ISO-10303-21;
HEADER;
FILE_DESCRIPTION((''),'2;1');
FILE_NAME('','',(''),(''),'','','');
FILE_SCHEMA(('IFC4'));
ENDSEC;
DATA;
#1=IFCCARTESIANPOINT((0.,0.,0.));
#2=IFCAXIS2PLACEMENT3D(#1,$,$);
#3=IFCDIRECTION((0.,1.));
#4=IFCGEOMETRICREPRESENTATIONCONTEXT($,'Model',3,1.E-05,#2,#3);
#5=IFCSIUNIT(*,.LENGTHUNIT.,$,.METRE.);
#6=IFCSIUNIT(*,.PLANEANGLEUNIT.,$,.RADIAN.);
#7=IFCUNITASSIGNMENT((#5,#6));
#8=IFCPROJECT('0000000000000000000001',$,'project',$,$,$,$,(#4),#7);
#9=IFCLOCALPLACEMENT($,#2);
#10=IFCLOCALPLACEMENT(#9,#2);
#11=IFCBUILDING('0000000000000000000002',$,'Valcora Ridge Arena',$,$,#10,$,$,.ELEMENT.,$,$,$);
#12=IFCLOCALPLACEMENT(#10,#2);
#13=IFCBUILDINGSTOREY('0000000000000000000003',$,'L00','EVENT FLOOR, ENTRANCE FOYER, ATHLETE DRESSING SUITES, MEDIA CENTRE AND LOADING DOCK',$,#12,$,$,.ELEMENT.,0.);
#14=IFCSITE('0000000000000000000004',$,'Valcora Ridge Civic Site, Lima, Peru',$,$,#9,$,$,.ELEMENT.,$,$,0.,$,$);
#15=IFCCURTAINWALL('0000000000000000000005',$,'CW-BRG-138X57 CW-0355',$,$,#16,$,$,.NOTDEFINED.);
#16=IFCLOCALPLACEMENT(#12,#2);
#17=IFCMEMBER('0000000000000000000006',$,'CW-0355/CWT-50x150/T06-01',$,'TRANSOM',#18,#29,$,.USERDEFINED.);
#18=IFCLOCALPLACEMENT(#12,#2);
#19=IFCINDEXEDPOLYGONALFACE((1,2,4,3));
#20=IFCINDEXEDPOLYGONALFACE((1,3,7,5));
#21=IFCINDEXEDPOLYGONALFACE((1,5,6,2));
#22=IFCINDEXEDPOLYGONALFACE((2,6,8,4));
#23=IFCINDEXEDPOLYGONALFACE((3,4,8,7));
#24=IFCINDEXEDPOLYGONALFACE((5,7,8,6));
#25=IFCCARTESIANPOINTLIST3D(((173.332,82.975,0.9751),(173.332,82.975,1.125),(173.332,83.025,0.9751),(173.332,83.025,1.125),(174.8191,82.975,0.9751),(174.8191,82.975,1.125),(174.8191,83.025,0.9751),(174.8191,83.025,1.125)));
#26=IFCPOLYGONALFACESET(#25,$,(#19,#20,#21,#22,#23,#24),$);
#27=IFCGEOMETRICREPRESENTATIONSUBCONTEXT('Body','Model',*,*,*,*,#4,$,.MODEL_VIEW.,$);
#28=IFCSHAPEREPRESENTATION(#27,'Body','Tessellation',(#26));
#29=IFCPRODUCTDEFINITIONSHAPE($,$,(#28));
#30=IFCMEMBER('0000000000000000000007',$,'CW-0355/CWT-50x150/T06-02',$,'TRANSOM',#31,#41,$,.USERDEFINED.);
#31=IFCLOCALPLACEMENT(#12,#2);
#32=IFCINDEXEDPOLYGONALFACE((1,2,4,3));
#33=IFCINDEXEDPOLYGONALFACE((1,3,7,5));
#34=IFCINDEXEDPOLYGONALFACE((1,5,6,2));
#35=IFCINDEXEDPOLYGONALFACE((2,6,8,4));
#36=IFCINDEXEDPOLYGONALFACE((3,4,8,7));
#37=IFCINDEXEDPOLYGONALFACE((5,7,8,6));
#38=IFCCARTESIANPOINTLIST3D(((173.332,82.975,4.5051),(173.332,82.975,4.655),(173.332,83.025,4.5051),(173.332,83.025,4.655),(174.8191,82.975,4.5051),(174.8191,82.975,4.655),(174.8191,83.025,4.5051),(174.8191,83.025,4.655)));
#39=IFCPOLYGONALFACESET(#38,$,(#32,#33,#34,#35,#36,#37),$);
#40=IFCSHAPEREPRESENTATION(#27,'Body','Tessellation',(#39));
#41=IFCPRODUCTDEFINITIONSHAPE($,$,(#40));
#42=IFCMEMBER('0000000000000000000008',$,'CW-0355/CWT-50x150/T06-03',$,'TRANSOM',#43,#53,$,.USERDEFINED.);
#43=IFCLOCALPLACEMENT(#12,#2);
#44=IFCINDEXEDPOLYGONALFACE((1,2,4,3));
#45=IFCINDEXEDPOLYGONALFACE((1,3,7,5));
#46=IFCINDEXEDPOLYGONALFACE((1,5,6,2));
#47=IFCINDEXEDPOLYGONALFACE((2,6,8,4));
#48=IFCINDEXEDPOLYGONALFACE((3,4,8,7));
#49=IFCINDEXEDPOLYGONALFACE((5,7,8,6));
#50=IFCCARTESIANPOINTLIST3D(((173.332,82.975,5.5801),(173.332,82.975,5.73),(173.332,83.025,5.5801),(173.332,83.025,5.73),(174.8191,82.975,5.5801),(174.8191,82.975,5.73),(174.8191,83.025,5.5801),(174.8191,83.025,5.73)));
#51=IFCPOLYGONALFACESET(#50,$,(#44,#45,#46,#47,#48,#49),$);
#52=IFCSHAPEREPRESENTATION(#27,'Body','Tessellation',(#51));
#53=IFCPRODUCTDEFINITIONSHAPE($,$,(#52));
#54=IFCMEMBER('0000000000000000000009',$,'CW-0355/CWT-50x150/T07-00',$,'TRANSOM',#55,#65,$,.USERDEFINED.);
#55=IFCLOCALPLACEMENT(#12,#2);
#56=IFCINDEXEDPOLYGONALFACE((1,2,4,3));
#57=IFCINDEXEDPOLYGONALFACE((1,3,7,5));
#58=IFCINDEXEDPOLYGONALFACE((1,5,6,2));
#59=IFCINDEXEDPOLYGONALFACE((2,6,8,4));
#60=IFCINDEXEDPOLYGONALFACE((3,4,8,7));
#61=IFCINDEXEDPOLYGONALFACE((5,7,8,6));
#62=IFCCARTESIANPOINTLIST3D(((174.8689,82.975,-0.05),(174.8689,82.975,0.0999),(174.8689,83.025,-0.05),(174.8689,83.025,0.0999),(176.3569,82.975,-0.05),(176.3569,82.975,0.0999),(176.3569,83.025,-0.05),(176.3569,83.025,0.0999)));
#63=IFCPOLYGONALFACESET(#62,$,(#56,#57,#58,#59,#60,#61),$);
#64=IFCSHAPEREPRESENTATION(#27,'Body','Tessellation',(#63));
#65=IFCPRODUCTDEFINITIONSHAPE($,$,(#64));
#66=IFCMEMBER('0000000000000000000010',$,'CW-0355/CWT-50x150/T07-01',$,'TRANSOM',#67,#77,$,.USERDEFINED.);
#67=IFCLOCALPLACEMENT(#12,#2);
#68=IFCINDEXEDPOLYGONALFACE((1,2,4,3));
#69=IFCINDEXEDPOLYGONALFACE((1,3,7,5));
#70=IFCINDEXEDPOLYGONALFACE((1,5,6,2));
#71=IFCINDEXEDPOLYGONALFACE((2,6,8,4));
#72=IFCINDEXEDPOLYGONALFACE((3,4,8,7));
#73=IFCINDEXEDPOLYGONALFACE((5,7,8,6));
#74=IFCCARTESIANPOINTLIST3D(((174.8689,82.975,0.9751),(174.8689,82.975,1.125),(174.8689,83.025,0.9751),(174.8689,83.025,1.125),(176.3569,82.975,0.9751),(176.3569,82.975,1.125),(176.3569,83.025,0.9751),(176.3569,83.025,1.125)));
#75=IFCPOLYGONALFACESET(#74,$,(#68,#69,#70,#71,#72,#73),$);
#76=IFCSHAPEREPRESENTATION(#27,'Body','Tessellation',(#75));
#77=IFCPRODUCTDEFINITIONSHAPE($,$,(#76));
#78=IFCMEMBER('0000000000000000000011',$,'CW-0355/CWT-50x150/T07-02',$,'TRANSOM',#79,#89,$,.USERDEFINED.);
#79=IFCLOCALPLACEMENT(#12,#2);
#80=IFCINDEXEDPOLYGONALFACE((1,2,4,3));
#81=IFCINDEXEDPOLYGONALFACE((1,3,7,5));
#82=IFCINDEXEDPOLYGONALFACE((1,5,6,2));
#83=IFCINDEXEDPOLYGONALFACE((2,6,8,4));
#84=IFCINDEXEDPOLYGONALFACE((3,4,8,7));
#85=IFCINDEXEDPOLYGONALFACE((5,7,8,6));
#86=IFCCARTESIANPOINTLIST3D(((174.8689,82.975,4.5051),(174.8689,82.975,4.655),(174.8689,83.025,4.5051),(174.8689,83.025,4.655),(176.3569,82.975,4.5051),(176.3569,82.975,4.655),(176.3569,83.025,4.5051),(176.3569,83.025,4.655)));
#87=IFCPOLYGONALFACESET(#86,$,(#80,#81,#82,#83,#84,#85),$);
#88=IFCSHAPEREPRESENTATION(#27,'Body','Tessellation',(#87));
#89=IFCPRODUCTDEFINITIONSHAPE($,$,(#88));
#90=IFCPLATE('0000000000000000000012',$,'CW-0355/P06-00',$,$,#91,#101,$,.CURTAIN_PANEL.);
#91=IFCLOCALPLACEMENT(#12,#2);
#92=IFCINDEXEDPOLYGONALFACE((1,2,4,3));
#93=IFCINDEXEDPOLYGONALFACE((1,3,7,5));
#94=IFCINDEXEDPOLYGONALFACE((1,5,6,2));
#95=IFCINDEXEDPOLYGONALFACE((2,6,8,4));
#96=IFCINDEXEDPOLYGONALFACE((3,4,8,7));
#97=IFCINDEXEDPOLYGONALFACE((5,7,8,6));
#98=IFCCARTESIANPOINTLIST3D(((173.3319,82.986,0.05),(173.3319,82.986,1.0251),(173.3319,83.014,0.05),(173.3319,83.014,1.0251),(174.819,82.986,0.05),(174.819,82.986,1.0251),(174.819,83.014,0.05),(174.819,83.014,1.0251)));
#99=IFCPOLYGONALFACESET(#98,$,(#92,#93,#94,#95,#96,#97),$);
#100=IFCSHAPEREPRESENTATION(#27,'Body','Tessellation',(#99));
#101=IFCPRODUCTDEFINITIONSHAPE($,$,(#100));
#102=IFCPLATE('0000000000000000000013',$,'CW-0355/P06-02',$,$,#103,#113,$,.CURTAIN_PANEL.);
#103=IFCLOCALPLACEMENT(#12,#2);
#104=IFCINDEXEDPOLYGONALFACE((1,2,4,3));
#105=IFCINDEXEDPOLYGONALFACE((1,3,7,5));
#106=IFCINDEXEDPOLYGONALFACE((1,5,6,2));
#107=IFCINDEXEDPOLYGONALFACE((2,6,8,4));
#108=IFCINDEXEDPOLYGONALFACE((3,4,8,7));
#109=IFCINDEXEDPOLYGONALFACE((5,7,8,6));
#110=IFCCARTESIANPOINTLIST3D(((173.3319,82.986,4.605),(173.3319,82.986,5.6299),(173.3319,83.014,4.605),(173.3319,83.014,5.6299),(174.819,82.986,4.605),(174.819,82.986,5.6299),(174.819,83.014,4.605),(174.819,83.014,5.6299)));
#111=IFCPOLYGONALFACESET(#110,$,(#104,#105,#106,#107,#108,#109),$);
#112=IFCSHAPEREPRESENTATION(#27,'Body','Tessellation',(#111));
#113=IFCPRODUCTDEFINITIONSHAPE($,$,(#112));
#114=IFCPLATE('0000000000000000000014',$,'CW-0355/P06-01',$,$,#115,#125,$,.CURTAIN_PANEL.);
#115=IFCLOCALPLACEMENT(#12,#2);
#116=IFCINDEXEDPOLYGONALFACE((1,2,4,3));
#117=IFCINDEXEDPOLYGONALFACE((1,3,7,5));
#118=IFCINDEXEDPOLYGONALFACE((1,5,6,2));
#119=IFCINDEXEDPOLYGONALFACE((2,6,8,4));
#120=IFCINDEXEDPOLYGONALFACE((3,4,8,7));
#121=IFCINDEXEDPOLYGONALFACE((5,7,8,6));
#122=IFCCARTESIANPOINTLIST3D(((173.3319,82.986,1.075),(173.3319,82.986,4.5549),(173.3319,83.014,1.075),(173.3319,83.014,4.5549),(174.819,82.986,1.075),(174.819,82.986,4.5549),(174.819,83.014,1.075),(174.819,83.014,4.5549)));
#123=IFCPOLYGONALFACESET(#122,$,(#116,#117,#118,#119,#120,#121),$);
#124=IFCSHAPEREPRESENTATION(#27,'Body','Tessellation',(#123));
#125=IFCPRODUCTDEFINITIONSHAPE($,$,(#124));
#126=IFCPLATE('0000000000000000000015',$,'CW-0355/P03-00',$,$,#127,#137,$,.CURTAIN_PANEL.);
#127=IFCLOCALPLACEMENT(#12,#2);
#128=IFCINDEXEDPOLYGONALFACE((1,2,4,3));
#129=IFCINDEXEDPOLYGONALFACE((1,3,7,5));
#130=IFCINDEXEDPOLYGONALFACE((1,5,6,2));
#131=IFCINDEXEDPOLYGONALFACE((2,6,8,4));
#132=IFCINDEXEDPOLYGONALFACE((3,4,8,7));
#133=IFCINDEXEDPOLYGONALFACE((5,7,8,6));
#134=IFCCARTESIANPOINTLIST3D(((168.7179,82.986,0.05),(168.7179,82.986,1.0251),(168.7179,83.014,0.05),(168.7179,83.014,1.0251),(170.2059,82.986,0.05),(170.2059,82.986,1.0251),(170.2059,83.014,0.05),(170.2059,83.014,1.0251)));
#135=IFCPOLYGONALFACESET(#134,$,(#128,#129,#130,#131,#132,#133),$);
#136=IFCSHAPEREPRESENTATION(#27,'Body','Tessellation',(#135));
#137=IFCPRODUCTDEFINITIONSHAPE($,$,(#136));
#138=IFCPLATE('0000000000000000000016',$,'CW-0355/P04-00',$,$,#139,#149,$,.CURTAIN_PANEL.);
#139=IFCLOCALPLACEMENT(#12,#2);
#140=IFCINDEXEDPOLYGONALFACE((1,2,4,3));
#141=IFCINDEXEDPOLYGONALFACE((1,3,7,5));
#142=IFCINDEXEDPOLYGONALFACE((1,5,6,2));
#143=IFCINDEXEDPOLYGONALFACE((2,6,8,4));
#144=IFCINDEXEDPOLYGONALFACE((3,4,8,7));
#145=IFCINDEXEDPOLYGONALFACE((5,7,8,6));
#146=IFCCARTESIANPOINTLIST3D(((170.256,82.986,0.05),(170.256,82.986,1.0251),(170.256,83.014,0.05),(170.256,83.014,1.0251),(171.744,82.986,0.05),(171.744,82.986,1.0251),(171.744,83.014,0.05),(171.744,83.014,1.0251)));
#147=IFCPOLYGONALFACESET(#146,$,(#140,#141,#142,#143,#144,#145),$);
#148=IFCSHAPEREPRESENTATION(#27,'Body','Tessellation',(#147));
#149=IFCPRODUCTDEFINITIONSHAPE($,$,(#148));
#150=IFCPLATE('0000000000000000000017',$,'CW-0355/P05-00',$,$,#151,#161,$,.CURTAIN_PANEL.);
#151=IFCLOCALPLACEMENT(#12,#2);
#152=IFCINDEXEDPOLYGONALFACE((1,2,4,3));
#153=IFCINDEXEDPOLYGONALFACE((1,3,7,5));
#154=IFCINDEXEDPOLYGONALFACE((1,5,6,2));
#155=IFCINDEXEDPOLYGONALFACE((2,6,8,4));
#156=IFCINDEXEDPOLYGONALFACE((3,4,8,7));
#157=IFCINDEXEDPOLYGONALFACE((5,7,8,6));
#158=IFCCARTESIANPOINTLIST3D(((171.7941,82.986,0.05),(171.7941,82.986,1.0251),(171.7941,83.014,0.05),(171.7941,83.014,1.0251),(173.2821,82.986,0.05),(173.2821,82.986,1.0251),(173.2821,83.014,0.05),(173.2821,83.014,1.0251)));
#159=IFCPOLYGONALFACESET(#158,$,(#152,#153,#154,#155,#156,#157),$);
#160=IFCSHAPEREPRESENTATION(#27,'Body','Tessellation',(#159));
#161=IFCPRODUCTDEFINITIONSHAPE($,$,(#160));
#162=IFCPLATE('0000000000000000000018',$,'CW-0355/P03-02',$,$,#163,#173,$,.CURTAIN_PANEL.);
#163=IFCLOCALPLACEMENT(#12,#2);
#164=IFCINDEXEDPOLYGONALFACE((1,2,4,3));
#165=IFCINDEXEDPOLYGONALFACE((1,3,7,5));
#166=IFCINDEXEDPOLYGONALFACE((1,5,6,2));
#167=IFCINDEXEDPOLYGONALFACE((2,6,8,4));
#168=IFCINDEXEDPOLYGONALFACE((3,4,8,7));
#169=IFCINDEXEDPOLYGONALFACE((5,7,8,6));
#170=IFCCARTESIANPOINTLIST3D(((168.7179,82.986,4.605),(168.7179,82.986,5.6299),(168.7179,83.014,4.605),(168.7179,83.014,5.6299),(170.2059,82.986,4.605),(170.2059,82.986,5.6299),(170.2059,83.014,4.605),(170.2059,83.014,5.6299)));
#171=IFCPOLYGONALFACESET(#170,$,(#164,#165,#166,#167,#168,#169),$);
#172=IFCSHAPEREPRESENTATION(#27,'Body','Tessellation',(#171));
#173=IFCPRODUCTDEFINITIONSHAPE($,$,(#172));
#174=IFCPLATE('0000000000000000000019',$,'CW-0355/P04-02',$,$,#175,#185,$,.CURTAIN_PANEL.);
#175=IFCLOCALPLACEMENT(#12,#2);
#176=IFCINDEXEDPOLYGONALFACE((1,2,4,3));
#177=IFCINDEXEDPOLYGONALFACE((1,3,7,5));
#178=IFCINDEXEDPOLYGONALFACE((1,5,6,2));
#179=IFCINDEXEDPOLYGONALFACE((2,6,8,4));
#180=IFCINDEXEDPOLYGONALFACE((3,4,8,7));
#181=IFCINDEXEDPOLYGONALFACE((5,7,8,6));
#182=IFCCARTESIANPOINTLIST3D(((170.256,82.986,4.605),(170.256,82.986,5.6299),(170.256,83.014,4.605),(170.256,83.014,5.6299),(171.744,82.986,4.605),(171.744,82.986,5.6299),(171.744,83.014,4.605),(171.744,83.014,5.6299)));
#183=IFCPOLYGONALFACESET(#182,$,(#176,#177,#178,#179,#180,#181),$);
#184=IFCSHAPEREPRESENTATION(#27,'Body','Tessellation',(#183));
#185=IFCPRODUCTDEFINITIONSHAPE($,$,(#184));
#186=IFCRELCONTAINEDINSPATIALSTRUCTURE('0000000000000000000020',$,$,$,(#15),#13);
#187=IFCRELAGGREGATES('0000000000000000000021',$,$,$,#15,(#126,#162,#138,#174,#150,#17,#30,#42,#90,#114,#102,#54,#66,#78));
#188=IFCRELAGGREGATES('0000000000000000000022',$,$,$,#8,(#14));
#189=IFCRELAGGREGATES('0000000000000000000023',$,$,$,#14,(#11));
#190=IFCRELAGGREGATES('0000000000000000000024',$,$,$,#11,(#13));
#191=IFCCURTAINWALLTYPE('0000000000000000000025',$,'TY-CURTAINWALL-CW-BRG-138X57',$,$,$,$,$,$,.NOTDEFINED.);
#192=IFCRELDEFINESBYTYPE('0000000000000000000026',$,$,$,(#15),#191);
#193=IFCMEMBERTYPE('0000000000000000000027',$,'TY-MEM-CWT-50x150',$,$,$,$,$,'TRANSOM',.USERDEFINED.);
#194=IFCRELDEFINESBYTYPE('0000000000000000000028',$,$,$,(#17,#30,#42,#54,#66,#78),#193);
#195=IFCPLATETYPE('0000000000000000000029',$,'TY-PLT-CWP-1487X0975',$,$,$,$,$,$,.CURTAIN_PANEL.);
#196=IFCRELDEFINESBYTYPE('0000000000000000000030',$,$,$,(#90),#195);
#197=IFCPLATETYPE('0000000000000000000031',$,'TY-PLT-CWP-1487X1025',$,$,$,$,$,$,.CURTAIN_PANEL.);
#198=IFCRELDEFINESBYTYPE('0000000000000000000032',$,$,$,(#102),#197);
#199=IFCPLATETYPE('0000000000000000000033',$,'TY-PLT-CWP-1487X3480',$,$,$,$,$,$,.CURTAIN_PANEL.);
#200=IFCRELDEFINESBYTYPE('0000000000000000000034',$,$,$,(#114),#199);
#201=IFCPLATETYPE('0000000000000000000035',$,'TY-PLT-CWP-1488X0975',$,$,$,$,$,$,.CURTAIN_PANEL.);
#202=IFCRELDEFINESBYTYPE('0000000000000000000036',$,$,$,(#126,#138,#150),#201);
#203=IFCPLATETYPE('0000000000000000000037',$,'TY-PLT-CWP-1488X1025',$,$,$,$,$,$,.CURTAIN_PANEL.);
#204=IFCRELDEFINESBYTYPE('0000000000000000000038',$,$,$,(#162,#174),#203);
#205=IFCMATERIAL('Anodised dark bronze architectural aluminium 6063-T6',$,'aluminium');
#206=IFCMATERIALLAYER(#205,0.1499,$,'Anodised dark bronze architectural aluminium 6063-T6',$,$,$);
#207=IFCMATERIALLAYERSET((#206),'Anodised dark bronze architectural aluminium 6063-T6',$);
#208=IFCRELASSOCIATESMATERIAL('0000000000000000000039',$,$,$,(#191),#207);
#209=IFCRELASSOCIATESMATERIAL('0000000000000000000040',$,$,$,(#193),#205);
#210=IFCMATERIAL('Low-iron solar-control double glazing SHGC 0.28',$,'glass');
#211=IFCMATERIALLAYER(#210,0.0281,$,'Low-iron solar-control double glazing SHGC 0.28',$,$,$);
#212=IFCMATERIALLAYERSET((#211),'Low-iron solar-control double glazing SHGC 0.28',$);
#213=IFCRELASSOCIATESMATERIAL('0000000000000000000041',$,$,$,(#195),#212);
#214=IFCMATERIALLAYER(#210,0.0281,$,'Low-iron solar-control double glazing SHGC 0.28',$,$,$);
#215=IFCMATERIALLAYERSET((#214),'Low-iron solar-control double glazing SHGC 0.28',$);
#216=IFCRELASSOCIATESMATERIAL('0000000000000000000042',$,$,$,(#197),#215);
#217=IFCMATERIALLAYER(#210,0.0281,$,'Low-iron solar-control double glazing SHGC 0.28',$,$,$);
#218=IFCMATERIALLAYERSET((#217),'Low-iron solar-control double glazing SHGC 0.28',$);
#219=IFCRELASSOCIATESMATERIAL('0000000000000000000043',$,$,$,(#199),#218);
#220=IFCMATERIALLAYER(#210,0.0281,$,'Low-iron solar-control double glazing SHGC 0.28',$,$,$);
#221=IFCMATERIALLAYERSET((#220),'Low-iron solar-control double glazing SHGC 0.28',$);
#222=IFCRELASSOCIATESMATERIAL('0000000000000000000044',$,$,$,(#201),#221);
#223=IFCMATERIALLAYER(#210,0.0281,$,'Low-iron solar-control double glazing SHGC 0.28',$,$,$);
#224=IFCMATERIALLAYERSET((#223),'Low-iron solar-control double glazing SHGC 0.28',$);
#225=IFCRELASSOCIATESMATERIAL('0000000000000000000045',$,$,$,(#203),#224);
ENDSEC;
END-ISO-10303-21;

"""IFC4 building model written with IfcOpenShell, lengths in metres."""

from ifc_helpers import new_model, si_unit, direction, frame, origin, origin_2d, place, context, subcontext, project, spatial, rectangle, extrude, material, layer, layer_set, material_profile, profile_set, type_object, element, aggregate, save


model = new_model("IFC4")

# Units and contexts
model_context = context("Model", 3, precision=1e-05, world=origin(), true_north=direction((0.0, 1.0)))
body_context = subcontext(model_context, "Body", "Model", "MODEL_VIEW")
ifc_project = project(units=[si_unit("LENGTHUNIT", "METRE"), si_unit("PLANEANGLEUNIT", "RADIAN")], contexts=[model_context])

# Site, building, storey
site_placement = place(None, origin())
site = spatial("IfcSite", under=ifc_project, at=site_placement, Name="Valcora Ridge Civic Site, Lima, Peru", CompositionType="ELEMENT", RefElevation=0.0)
building_placement = place(site_placement, origin())
building = spatial("IfcBuilding", under=site, at=building_placement, Name="Valcora Ridge Arena", CompositionType="ELEMENT")
storey_placement = place(building_placement, origin())
storey = spatial("IfcBuildingStorey", under=building, at=storey_placement, Name="L00", Description="EVENT FLOOR, ENTRANCE FOYER, ATHLETE DRESSING SUITES, MEDIA CENTRE AND LOADING DOCK", CompositionType="ELEMENT", Elevation=0.0)

# Curtain wall, members, plates
ifc_material_1 = material(Name="Anodised dark bronze architectural aluminium 6063-T6", Category="aluminium")
ifc_layer_1 = layer(ifc_material_1, 0.1499, Name="Anodised dark bronze architectural aluminium 6063-T6")
ifc_layer_set_1 = layer_set([ifc_layer_1], Name="Anodised dark bronze architectural aluminium 6063-T6")
curtain_wall_type = type_object("IfcCurtainWallType", Name="TY-CURTAINWALL-CW-BRG-138X57", PredefinedType="NOTDEFINED", material=ifc_layer_set_1)
curtain_wall_placement = place(storey_placement, origin())
curtain_wall = element("IfcCurtainWall", 1, at=curtain_wall_placement, inside=storey, type_object=curtain_wall_type, Name="CW-BRG-138X57 CW-0355", PredefinedType="NOTDEFINED")
ifc_material_profile_1 = material_profile(ifc_material_1, rectangle(XDim=0.05, YDim=0.1499, at=origin_2d()), Name="ALU TRANSOM 50x150")
ifc_profile_set_1 = profile_set([ifc_material_profile_1], Name="Anodised dark bronze architectural aluminium 6063-T6")
member_type_1 = type_object("IfcMemberType", Name="TY-MEM-CWT-50x150", ElementType="TRANSOM", PredefinedType="USERDEFINED", material=ifc_profile_set_1)
member_1_placement = place(storey_placement, frame((173.332, 83.0, 1.05), z_axis=(1.0, 0.0, 0.0), x_axis=(0.0, 1.0, 0.0)))
member_1 = element("IfcMember", 2, at=member_1_placement, type_object=member_type_1, Name="CW-0355/CWT-50x150/T06-01", ObjectType="TRANSOM", PredefinedType="USERDEFINED", context=body_context, shape_type="SweptSolid", body=[
    extrude(rectangle(XDim=0.05, YDim=0.1499, at=origin_2d()), origin(), (0.0, 0.0, 1.0), 1.4871),
])
member_2_placement = place(storey_placement, frame((173.332, 83.0, 4.5801), z_axis=(1.0, 0.0, 0.0), x_axis=(0.0, 1.0, 0.0)))
member_2 = element("IfcMember", 3, at=member_2_placement, type_object=member_type_1, Name="CW-0355/CWT-50x150/T06-02", ObjectType="TRANSOM", PredefinedType="USERDEFINED", context=body_context, shape_type="SweptSolid", body=[
    extrude(rectangle(XDim=0.05, YDim=0.1499, at=origin_2d()), origin(), (0.0, 0.0, 1.0), 1.4871),
])
member_3_placement = place(storey_placement, frame((173.332, 83.0, 5.655), z_axis=(1.0, 0.0, 0.0), x_axis=(0.0, 1.0, 0.0)))
member_3 = element("IfcMember", 4, at=member_3_placement, type_object=member_type_1, Name="CW-0355/CWT-50x150/T06-03", ObjectType="TRANSOM", PredefinedType="USERDEFINED", context=body_context, shape_type="SweptSolid", body=[
    extrude(rectangle(XDim=0.05, YDim=0.1499, at=origin_2d()), origin(), (0.0, 0.0, 1.0), 1.4871),
])
member_4_placement = place(storey_placement, frame((174.8689, 83.0, 0.0249), z_axis=(1.0, 0.0, 0.0), x_axis=(0.0, 1.0, 0.0)))
member_4 = element("IfcMember", 5, at=member_4_placement, type_object=member_type_1, Name="CW-0355/CWT-50x150/T07-00", ObjectType="TRANSOM", PredefinedType="USERDEFINED", context=body_context, shape_type="SweptSolid", body=[
    extrude(rectangle(XDim=0.05, YDim=0.1499, at=origin_2d()), origin(), (0.0, 0.0, 1.0), 1.488),
])
member_5_placement = place(storey_placement, frame((174.8689, 83.0, 1.05), z_axis=(1.0, 0.0, 0.0), x_axis=(0.0, 1.0, 0.0)))
member_5 = element("IfcMember", 6, at=member_5_placement, type_object=member_type_1, Name="CW-0355/CWT-50x150/T07-01", ObjectType="TRANSOM", PredefinedType="USERDEFINED", context=body_context, shape_type="SweptSolid", body=[
    extrude(rectangle(XDim=0.05, YDim=0.1499, at=origin_2d()), origin(), (0.0, 0.0, 1.0), 1.488),
])
member_6_placement = place(storey_placement, frame((174.8689, 83.0, 4.5801), z_axis=(1.0, 0.0, 0.0), x_axis=(0.0, 1.0, 0.0)))
member_6 = element("IfcMember", 7, at=member_6_placement, type_object=member_type_1, Name="CW-0355/CWT-50x150/T07-02", ObjectType="TRANSOM", PredefinedType="USERDEFINED", context=body_context, shape_type="SweptSolid", body=[
    extrude(rectangle(XDim=0.05, YDim=0.1499, at=origin_2d()), origin(), (0.0, 0.0, 1.0), 1.488),
])
ifc_material_2 = material(Name="Low-iron solar-control double glazing SHGC 0.28", Category="glass")
ifc_layer_2 = layer(ifc_material_2, 0.0281, Name="Low-iron solar-control double glazing SHGC 0.28")
ifc_layer_set_2 = layer_set([ifc_layer_2], Name="Low-iron solar-control double glazing SHGC 0.28")
plate_type_1 = type_object("IfcPlateType", Name="TY-PLT-CWP-1487X0975", PredefinedType="CURTAIN_PANEL", material=ifc_layer_set_2)
plate_1_placement = place(storey_placement, frame((174.0754, 83.0, 0.05), z_axis=(0.0, 0.0, 1.0), x_axis=(1.0, 0.0, 0.0)))
plate_1 = element("IfcPlate", 8, at=plate_1_placement, type_object=plate_type_1, Name="CW-0355/P06-00", PredefinedType="CURTAIN_PANEL", context=body_context, shape_type="SweptSolid", body=[
    extrude(rectangle(XDim=1.4871, YDim=0.0281, at=origin_2d()), origin(), (0.0, 0.0, 1.0), 0.9751),
])
ifc_layer_3 = layer(ifc_material_2, 0.0281, Name="Low-iron solar-control double glazing SHGC 0.28")
ifc_layer_set_3 = layer_set([ifc_layer_3], Name="Low-iron solar-control double glazing SHGC 0.28")
plate_type_2 = type_object("IfcPlateType", Name="TY-PLT-CWP-1487X1025", PredefinedType="CURTAIN_PANEL", material=ifc_layer_set_3)
plate_2_placement = place(storey_placement, frame((174.0754, 83.0, 4.605), z_axis=(0.0, 0.0, 1.0), x_axis=(1.0, 0.0, 0.0)))
plate_2 = element("IfcPlate", 9, at=plate_2_placement, type_object=plate_type_2, Name="CW-0355/P06-02", PredefinedType="CURTAIN_PANEL", context=body_context, shape_type="SweptSolid", body=[
    extrude(rectangle(XDim=1.4871, YDim=0.0281, at=origin_2d()), origin(), (0.0, 0.0, 1.0), 1.0249),
])
ifc_layer_4 = layer(ifc_material_2, 0.0281, Name="Low-iron solar-control double glazing SHGC 0.28")
ifc_layer_set_4 = layer_set([ifc_layer_4], Name="Low-iron solar-control double glazing SHGC 0.28")
plate_type_3 = type_object("IfcPlateType", Name="TY-PLT-CWP-1487X3480", PredefinedType="CURTAIN_PANEL", material=ifc_layer_set_4)
plate_3_placement = place(storey_placement, frame((174.0754, 83.0, 1.075), z_axis=(0.0, 0.0, 1.0), x_axis=(1.0, 0.0, 0.0)))
plate_3 = element("IfcPlate", 10, at=plate_3_placement, type_object=plate_type_3, Name="CW-0355/P06-01", PredefinedType="CURTAIN_PANEL", context=body_context, shape_type="SweptSolid", body=[
    extrude(rectangle(XDim=1.4871, YDim=0.0281, at=origin_2d()), origin(), (0.0, 0.0, 1.0), 3.48),
])
ifc_layer_5 = layer(ifc_material_2, 0.0281, Name="Low-iron solar-control double glazing SHGC 0.28")
ifc_layer_set_5 = layer_set([ifc_layer_5], Name="Low-iron solar-control double glazing SHGC 0.28")
plate_type_4 = type_object("IfcPlateType", Name="TY-PLT-CWP-1488X0975", PredefinedType="CURTAIN_PANEL", material=ifc_layer_set_5)
plate_4_placement = place(storey_placement, frame((169.4619, 83.0, 0.05), z_axis=(0.0, 0.0, 1.0), x_axis=(1.0, 0.0, 0.0)))
plate_4 = element("IfcPlate", 11, at=plate_4_placement, type_object=plate_type_4, Name="CW-0355/P03-00", PredefinedType="CURTAIN_PANEL", context=body_context, shape_type="SweptSolid", body=[
    extrude(rectangle(XDim=1.488, YDim=0.0281, at=origin_2d()), origin(), (0.0, 0.0, 1.0), 0.9751),
])
plate_5_placement = place(storey_placement, frame((171.0, 83.0, 0.05), z_axis=(0.0, 0.0, 1.0), x_axis=(1.0, 0.0, 0.0)))
plate_5 = element("IfcPlate", 12, at=plate_5_placement, type_object=plate_type_4, Name="CW-0355/P04-00", PredefinedType="CURTAIN_PANEL", context=body_context, shape_type="SweptSolid", body=[
    extrude(rectangle(XDim=1.488, YDim=0.0281, at=origin_2d()), origin(), (0.0, 0.0, 1.0), 0.9751),
])
plate_6_placement = place(storey_placement, frame((172.5381, 83.0, 0.05), z_axis=(0.0, 0.0, 1.0), x_axis=(1.0, 0.0, 0.0)))
plate_6 = element("IfcPlate", 13, at=plate_6_placement, type_object=plate_type_4, Name="CW-0355/P05-00", PredefinedType="CURTAIN_PANEL", context=body_context, shape_type="SweptSolid", body=[
    extrude(rectangle(XDim=1.488, YDim=0.0281, at=origin_2d()), origin(), (0.0, 0.0, 1.0), 0.9751),
])
ifc_layer_6 = layer(ifc_material_2, 0.0281, Name="Low-iron solar-control double glazing SHGC 0.28")
ifc_layer_set_6 = layer_set([ifc_layer_6], Name="Low-iron solar-control double glazing SHGC 0.28")
plate_type_5 = type_object("IfcPlateType", Name="TY-PLT-CWP-1488X1025", PredefinedType="CURTAIN_PANEL", material=ifc_layer_set_6)
plate_7_placement = place(storey_placement, frame((169.4619, 83.0, 4.605), z_axis=(0.0, 0.0, 1.0), x_axis=(1.0, 0.0, 0.0)))
plate_7 = element("IfcPlate", 14, at=plate_7_placement, type_object=plate_type_5, Name="CW-0355/P03-02", PredefinedType="CURTAIN_PANEL", context=body_context, shape_type="SweptSolid", body=[
    extrude(rectangle(XDim=1.488, YDim=0.0281, at=origin_2d()), origin(), (0.0, 0.0, 1.0), 1.0249),
])
plate_8_placement = place(storey_placement, frame((171.0, 83.0, 4.605), z_axis=(0.0, 0.0, 1.0), x_axis=(1.0, 0.0, 0.0)))
plate_8 = element("IfcPlate", 15, at=plate_8_placement, type_object=plate_type_5, Name="CW-0355/P04-02", PredefinedType="CURTAIN_PANEL", context=body_context, shape_type="SweptSolid", body=[
    extrude(rectangle(XDim=1.488, YDim=0.0281, at=origin_2d()), origin(), (0.0, 0.0, 1.0), 1.0249),
])
aggregate(curtain_wall, [plate_4, plate_7, plate_5, plate_8, plate_6, member_1, member_2, member_3, plate_1, plate_3, plate_2, member_4, member_5, member_6])

save(model, "model.ifc")
